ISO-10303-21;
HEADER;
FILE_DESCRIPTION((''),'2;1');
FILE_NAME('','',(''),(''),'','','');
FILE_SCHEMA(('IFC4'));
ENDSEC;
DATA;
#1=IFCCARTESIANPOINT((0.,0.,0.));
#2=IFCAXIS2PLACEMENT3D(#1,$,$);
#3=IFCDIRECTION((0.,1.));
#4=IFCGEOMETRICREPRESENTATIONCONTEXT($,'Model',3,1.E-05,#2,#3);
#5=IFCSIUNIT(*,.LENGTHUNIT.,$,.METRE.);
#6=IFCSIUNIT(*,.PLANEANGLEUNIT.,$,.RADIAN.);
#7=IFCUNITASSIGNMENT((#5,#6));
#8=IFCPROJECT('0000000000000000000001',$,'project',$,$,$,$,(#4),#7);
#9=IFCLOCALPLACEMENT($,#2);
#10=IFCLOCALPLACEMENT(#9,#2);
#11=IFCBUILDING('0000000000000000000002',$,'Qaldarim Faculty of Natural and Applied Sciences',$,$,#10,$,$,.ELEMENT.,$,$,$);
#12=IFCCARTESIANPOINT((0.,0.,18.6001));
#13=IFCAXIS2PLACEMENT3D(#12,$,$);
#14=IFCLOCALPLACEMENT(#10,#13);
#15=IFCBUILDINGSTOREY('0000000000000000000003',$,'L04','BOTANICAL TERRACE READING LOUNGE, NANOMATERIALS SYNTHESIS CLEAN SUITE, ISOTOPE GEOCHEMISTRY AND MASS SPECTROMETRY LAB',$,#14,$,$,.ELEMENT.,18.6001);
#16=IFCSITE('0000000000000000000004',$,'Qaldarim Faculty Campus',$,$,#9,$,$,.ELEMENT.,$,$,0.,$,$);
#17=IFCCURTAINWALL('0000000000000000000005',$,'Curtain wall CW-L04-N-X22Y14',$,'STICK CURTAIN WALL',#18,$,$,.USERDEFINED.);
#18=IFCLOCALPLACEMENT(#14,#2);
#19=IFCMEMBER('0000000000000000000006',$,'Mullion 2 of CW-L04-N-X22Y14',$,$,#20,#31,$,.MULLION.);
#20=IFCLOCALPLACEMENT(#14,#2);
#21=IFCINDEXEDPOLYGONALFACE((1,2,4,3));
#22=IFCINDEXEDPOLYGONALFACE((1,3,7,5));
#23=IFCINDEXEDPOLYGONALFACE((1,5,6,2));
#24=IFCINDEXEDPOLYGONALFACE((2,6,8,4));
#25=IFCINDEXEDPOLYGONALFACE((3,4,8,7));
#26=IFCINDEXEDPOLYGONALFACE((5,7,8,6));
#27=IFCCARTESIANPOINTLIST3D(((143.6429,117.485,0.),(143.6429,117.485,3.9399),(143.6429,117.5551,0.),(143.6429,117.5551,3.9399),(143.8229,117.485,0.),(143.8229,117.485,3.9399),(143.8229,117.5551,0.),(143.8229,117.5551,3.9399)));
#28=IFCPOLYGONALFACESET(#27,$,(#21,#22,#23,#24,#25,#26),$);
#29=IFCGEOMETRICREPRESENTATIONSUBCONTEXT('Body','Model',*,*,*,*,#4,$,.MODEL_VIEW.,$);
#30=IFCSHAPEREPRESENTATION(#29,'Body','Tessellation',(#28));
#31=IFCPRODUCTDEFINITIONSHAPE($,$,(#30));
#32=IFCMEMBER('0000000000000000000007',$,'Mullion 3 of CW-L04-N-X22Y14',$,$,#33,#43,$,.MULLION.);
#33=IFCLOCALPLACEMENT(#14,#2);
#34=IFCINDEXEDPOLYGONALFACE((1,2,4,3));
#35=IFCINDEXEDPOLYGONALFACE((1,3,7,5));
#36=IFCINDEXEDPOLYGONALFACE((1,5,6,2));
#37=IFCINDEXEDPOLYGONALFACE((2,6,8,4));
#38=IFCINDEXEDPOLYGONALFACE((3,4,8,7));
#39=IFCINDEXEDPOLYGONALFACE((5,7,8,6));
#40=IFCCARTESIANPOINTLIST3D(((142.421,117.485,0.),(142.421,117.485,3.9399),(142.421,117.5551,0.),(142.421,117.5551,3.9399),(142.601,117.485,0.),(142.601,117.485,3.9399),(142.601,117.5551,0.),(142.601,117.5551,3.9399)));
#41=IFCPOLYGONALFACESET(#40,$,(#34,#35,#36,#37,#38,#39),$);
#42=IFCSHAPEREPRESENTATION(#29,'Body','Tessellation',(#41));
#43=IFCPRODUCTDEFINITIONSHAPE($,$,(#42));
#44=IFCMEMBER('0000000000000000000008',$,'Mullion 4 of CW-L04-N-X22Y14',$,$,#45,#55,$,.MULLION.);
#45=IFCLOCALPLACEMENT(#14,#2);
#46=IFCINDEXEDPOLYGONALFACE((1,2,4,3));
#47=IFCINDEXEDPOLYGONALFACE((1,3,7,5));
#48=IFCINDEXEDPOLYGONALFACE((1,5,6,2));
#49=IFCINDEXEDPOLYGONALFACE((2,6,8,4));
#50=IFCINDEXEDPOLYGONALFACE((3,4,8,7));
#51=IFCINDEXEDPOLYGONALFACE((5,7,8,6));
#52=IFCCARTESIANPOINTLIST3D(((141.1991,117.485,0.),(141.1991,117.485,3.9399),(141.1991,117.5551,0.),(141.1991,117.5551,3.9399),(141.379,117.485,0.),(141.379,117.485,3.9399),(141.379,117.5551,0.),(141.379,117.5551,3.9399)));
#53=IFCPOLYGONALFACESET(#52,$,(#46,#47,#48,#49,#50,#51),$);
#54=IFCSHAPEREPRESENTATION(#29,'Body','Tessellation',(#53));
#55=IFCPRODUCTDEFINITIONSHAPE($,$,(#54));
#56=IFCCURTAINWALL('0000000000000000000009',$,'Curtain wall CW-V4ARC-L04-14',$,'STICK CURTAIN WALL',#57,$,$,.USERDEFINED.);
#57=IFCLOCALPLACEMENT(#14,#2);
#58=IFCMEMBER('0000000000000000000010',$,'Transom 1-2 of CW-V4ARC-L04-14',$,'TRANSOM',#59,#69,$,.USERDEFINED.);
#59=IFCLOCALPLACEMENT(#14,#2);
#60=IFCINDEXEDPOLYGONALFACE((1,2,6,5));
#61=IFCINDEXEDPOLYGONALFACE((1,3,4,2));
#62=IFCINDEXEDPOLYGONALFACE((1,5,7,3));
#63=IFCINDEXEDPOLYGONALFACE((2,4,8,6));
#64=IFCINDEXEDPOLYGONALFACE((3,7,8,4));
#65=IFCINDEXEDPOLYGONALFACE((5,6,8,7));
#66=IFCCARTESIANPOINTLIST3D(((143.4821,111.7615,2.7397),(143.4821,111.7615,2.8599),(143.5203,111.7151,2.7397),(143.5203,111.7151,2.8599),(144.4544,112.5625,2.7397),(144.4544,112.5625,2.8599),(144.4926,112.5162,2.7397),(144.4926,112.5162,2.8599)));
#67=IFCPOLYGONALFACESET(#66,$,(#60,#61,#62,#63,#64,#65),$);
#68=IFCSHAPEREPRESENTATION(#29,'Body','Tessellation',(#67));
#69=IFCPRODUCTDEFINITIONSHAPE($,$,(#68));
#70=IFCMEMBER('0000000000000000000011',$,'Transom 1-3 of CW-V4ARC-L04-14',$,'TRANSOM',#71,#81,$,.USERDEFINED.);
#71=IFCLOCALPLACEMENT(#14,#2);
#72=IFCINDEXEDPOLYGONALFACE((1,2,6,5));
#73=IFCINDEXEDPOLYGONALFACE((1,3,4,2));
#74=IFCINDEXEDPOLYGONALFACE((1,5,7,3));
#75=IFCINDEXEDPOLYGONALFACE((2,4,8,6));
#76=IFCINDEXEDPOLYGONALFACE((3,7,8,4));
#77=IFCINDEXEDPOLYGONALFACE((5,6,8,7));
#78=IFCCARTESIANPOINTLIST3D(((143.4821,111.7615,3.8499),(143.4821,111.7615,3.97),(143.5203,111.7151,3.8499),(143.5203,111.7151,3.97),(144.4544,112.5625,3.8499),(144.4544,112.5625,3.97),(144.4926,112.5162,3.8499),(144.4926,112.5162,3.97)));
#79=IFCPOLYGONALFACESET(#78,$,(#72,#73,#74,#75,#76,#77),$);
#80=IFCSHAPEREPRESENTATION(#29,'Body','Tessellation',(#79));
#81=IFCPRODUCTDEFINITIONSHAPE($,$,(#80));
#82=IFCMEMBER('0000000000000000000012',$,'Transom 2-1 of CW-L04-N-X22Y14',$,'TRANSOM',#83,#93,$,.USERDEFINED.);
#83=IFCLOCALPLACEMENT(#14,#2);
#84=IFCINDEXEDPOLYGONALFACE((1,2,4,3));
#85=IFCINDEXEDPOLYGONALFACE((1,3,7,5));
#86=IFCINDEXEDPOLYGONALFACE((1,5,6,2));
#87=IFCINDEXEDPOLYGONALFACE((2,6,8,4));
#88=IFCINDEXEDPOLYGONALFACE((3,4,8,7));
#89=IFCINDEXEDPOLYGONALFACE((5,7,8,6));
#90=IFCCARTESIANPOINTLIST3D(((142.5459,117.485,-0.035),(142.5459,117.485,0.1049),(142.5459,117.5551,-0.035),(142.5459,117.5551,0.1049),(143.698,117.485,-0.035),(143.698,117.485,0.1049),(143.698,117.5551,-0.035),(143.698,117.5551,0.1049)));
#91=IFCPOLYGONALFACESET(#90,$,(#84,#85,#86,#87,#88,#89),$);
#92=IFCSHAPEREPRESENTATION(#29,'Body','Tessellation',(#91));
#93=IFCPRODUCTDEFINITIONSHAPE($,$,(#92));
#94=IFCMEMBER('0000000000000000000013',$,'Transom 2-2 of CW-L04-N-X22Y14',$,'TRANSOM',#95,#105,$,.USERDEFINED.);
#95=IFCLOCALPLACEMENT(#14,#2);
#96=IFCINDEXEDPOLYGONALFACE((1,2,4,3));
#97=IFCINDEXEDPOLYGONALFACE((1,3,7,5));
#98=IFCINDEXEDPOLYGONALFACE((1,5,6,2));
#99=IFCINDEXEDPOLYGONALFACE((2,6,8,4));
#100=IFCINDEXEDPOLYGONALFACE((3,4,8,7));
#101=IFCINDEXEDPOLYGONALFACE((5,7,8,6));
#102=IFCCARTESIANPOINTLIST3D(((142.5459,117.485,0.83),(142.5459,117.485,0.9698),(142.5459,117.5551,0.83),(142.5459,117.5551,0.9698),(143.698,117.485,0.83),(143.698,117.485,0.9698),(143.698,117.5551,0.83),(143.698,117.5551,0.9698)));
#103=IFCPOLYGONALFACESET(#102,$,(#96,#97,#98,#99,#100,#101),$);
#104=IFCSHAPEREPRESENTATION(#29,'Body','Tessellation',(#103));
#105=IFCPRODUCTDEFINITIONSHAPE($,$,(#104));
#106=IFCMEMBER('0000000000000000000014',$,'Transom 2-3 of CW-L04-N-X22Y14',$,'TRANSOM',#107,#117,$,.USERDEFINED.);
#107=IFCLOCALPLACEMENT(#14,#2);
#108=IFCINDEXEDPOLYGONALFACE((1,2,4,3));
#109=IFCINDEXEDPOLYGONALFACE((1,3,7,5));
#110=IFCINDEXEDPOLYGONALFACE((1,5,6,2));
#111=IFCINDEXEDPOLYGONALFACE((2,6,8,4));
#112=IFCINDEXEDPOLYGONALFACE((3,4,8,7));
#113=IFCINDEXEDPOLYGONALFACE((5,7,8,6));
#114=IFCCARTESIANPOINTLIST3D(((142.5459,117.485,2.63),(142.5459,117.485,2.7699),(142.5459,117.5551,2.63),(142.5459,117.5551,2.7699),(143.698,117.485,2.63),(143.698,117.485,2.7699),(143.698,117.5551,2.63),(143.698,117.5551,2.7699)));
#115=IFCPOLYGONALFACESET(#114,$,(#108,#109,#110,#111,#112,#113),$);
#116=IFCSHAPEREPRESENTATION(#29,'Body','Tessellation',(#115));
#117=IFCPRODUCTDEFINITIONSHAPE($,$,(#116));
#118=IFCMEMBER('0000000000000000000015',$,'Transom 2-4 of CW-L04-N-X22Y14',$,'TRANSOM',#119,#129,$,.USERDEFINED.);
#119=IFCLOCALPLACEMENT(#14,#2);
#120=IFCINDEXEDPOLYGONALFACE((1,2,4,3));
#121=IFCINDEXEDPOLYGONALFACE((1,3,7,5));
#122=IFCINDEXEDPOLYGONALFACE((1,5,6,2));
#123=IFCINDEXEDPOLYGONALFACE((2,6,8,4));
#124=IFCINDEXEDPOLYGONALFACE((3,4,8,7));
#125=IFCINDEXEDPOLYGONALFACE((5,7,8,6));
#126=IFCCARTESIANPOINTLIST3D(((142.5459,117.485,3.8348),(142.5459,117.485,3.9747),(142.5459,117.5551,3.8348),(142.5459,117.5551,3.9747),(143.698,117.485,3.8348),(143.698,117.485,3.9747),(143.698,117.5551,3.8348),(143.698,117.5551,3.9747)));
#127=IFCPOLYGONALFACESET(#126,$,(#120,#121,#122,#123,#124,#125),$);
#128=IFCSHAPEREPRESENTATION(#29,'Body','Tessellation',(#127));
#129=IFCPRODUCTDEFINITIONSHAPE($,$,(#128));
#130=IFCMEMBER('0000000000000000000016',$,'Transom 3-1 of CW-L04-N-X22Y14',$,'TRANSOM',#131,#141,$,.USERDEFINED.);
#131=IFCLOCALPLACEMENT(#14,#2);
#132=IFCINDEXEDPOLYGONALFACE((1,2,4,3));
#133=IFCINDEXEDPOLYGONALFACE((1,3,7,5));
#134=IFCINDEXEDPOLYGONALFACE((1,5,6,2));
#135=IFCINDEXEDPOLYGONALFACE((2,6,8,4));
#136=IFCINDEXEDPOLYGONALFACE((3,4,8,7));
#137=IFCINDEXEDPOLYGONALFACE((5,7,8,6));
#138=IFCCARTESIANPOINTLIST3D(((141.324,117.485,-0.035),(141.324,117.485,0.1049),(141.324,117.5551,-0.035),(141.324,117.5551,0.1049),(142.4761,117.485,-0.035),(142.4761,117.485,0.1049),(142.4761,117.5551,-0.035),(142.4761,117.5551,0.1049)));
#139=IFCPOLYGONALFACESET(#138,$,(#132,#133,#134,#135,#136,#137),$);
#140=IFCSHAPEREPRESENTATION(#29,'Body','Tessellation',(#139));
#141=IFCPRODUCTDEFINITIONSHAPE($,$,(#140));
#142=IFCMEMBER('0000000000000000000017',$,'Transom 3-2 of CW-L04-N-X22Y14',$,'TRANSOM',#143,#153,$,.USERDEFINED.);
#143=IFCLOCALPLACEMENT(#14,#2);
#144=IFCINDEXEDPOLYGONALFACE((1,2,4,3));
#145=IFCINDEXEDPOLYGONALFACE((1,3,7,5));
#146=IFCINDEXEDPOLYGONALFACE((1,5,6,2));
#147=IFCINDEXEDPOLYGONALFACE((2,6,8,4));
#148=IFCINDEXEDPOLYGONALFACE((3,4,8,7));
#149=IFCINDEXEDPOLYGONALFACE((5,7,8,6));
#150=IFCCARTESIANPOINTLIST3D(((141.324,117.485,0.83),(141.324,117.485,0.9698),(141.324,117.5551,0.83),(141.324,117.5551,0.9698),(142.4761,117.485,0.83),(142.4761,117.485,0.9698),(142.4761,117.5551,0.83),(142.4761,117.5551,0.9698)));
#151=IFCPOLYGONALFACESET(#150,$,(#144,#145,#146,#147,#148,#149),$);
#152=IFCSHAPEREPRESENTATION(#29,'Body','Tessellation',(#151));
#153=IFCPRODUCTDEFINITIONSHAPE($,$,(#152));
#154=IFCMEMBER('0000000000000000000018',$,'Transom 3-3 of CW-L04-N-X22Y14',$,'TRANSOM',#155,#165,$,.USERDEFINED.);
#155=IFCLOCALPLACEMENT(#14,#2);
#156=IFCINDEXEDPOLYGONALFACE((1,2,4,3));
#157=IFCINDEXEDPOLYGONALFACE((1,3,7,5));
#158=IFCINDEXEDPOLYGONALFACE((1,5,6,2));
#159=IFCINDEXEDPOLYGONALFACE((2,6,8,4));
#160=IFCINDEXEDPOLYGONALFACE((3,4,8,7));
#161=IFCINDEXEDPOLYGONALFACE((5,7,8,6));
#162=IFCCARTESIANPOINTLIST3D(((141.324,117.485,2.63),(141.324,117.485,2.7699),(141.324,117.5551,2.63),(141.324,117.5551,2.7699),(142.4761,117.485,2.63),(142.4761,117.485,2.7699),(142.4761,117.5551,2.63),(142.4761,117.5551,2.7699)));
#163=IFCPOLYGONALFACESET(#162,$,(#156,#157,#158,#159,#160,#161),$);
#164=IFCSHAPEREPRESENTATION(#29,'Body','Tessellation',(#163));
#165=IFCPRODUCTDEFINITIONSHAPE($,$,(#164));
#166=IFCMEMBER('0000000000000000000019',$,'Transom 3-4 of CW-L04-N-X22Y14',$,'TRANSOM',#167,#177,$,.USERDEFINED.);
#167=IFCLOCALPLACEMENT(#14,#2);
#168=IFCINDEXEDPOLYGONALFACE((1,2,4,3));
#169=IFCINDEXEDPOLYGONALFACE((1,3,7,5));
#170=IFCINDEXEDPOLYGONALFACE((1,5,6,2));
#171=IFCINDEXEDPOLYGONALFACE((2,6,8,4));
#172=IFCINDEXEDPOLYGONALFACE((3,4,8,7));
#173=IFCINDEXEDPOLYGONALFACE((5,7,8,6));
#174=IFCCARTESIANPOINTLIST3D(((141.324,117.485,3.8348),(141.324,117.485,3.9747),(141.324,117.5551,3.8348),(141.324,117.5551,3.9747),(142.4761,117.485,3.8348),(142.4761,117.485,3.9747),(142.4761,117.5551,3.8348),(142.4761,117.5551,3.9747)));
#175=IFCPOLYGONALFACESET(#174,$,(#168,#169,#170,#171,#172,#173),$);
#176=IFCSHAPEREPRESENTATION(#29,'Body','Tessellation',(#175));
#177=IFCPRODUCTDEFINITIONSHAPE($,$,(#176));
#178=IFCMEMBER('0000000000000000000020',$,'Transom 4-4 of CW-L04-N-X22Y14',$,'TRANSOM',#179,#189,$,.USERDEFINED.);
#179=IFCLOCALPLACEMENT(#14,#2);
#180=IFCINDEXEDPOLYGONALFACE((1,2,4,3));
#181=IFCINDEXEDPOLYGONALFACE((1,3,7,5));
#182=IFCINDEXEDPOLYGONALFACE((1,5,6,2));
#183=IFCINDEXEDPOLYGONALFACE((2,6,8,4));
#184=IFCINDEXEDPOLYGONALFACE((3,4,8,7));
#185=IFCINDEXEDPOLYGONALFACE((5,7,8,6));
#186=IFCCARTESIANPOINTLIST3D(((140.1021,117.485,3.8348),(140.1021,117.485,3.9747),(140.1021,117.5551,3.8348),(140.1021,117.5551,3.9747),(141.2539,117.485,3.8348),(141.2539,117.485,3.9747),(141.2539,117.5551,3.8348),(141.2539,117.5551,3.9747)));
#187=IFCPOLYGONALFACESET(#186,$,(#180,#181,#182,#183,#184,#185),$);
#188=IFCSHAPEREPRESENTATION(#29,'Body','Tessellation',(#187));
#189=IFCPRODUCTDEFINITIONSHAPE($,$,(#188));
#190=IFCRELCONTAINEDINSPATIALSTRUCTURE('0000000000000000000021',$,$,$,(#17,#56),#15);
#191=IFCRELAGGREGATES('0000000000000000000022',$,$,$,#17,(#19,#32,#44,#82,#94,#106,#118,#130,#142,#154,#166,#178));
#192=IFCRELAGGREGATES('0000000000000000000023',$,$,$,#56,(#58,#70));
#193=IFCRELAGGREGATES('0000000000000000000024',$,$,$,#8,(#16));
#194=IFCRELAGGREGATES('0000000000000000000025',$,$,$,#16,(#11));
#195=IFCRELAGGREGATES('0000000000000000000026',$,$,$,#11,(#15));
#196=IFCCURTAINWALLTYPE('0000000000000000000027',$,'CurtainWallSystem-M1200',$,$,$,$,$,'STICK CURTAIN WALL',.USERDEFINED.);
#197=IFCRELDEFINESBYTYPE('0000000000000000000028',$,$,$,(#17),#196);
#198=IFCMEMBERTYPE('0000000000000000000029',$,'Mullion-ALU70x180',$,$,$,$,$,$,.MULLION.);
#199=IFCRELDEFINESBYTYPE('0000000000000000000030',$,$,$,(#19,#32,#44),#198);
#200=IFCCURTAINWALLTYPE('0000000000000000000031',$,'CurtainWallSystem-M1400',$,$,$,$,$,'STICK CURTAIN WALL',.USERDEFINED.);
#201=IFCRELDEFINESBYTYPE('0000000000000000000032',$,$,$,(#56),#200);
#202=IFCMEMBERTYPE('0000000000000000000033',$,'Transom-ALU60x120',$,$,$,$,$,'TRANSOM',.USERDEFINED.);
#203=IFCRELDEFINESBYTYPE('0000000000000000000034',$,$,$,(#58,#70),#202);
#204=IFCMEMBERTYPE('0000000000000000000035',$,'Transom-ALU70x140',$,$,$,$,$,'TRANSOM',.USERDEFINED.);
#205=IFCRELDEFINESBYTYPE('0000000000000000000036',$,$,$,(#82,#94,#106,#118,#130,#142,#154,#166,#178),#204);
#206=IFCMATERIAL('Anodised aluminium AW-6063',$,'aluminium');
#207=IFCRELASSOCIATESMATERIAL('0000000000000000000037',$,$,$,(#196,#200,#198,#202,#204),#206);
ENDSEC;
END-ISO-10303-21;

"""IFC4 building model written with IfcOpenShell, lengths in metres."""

from ifc_helpers import new_model, si_unit, direction, frame, origin, origin_2d, place, context, subcontext, project, spatial, rectangle, extrude, material, material_profile, profile_set, type_object, element, aggregate, save


model = new_model("IFC4")

# Units and contexts
model_context = context("Model", 3, precision=1e-05, world=origin(), true_north=direction((0.0, 1.0)))
body_context = subcontext(model_context, "Body", "Model", "MODEL_VIEW")
ifc_project = project(units=[si_unit("LENGTHUNIT", "METRE"), si_unit("PLANEANGLEUNIT", "RADIAN")], contexts=[model_context])

# Site, building, storey
site_placement = place(None, origin())
site = spatial("IfcSite", under=ifc_project, at=site_placement, Name="Qaldarim Faculty Campus", CompositionType="ELEMENT", RefElevation=0.0)
building_placement = place(site_placement, origin())
building = spatial("IfcBuilding", under=site, at=building_placement, Name="Qaldarim Faculty of Natural and Applied Sciences", CompositionType="ELEMENT")
storey_placement = place(building_placement, frame((0.0, 0.0, 18.6001)))
storey = spatial("IfcBuildingStorey", under=building, at=storey_placement, Name="L04", Description="BOTANICAL TERRACE READING LOUNGE, NANOMATERIALS SYNTHESIS CLEAN SUITE, ISOTOPE GEOCHEMISTRY AND MASS SPECTROMETRY LAB", CompositionType="ELEMENT", Elevation=18.6001)

# Curtain walls, members
ifc_material_1 = material(Name="Anodised aluminium AW-6063", Category="aluminium")
curtain_wall_type_1 = type_object("IfcCurtainWallType", Name="CurtainWallSystem-M1200", ElementType="STICK CURTAIN WALL", PredefinedType="USERDEFINED", material=ifc_material_1)
curtain_wall_1_placement = place(storey_placement, origin())
curtain_wall_1 = element("IfcCurtainWall", 1, at=curtain_wall_1_placement, inside=storey, type_object=curtain_wall_type_1, Name="Curtain wall CW-L04-N-X22Y14", ObjectType="STICK CURTAIN WALL", PredefinedType="USERDEFINED")
ifc_material_profile_1 = material_profile(ifc_material_1, rectangle(XDim=0.0701, YDim=0.1799, at=origin_2d()), Name="ALU-M70x180")
ifc_profile_set_1 = profile_set([ifc_material_profile_1], Name="Anodised aluminium AW-6063")
member_type_1 = type_object("IfcMemberType", Name="Mullion-ALU70x180", PredefinedType="MULLION", material=ifc_profile_set_1)
member_1_placement = place(storey_placement, frame((143.7329, 117.52, 0.0), z_axis=(0.0, 0.0, 1.0), x_axis=(0.0, -1.0, 0.0)))
member_1 = element("IfcMember", 2, at=member_1_placement, type_object=member_type_1, Name="Mullion 2 of CW-L04-N-X22Y14", PredefinedType="MULLION", context=body_context, shape_type="SweptSolid", body=[
    extrude(rectangle(XDim=0.0701, YDim=0.1799, at=origin_2d()), origin(), (0.0, 0.0, 1.0), 3.9399),
])
member_2_placement = place(storey_placement, frame((142.511, 117.52, 0.0), z_axis=(0.0, 0.0, 1.0), x_axis=(0.0, -1.0, 0.0)))
member_2 = element("IfcMember", 3, at=member_2_placement, type_object=member_type_1, Name="Mullion 3 of CW-L04-N-X22Y14", PredefinedType="MULLION", context=body_context, shape_type="SweptSolid", body=[
    extrude(rectangle(XDim=0.0701, YDim=0.1799, at=origin_2d()), origin(), (0.0, 0.0, 1.0), 3.9399),
])
member_3_placement = place(storey_placement, frame((141.2891, 117.52, 0.0), z_axis=(0.0, 0.0, 1.0), x_axis=(0.0, -1.0, 0.0)))
member_3 = element("IfcMember", 4, at=member_3_placement, type_object=member_type_1, Name="Mullion 4 of CW-L04-N-X22Y14", PredefinedType="MULLION", context=body_context, shape_type="SweptSolid", body=[
    extrude(rectangle(XDim=0.0701, YDim=0.1799, at=origin_2d()), origin(), (0.0, 0.0, 1.0), 3.9399),
])
curtain_wall_type_2 = type_object("IfcCurtainWallType", Name="CurtainWallSystem-M1400", ElementType="STICK CURTAIN WALL", PredefinedType="USERDEFINED", material=ifc_material_1)
curtain_wall_2_placement = place(storey_placement, origin())
curtain_wall_2 = element("IfcCurtainWall", 5, at=curtain_wall_2_placement, inside=storey, type_object=curtain_wall_type_2, Name="Curtain wall CW-V4ARC-L04-14", ObjectType="STICK CURTAIN WALL", PredefinedType="USERDEFINED")
ifc_material_profile_2 = material_profile(ifc_material_1, rectangle(XDim=0.0601, YDim=0.1201, at=origin_2d()), Name="ALU-T60x120")
ifc_profile_set_2 = profile_set([ifc_material_profile_2], Name="Anodised aluminium AW-6063")
member_type_2 = type_object("IfcMemberType", Name="Transom-ALU60x120", ElementType="TRANSOM", PredefinedType="USERDEFINED", material=ifc_profile_set_2)
member_4_placement = place(storey_placement, frame((143.5012, 111.7383, 2.7998), z_axis=(0.771768, 0.635904, 0.0), x_axis=(-0.635904, 0.771768, 0.0)))
member_4 = element("IfcMember", 6, at=member_4_placement, type_object=member_type_2, Name="Transom 1-2 of CW-V4ARC-L04-14", ObjectType="TRANSOM", PredefinedType="USERDEFINED", context=body_context, shape_type="SweptSolid", body=[
    extrude(rectangle(XDim=0.0601, YDim=0.1201, at=origin_2d()), origin(), (0.0, 0.0, 1.0), 1.2598),
])
member_5_placement = place(storey_placement, frame((143.5012, 111.7383, 3.9099), z_axis=(0.771768, 0.635904, 0.0), x_axis=(-0.635904, 0.771768, 0.0)))
member_5 = element("IfcMember", 7, at=member_5_placement, type_object=member_type_2, Name="Transom 1-3 of CW-V4ARC-L04-14", ObjectType="TRANSOM", PredefinedType="USERDEFINED", context=body_context, shape_type="SweptSolid", body=[
    extrude(rectangle(XDim=0.0601, YDim=0.1201, at=origin_2d()), origin(), (0.0, 0.0, 1.0), 1.2598),
])

# Members
ifc_material_profile_3 = material_profile(ifc_material_1, rectangle(XDim=0.0701, YDim=0.1399, at=origin_2d()), Name="ALU-T70x140")
ifc_profile_set_3 = profile_set([ifc_material_profile_3], Name="Anodised aluminium AW-6063")
member_type_3 = type_object("IfcMemberType", Name="Transom-ALU70x140", ElementType="TRANSOM", PredefinedType="USERDEFINED", material=ifc_profile_set_3)
member_6_placement = place(storey_placement, frame((143.698, 117.52, 0.0349), z_axis=(-1.0, 0.0, 0.0), x_axis=(0.0, -1.0, 0.0)))
member_6 = element("IfcMember", 8, at=member_6_placement, type_object=member_type_3, Name="Transom 2-1 of CW-L04-N-X22Y14", ObjectType="TRANSOM", PredefinedType="USERDEFINED", context=body_context, shape_type="SweptSolid", body=[
    extrude(rectangle(XDim=0.0701, YDim=0.1399, at=origin_2d()), origin(), (0.0, 0.0, 1.0), 1.1521),
])
member_7_placement = place(storey_placement, frame((143.698, 117.52, 0.8999), z_axis=(-1.0, 0.0, 0.0), x_axis=(0.0, -1.0, 0.0)))
member_7 = element("IfcMember", 9, at=member_7_placement, type_object=member_type_3, Name="Transom 2-2 of CW-L04-N-X22Y14", ObjectType="TRANSOM", PredefinedType="USERDEFINED", context=body_context, shape_type="SweptSolid", body=[
    extrude(rectangle(XDim=0.0701, YDim=0.1399, at=origin_2d()), origin(), (0.0, 0.0, 1.0), 1.1521),
])
member_8_placement = place(storey_placement, frame((143.698, 117.52, 2.7), z_axis=(-1.0, 0.0, 0.0), x_axis=(0.0, -1.0, 0.0)))
member_8 = element("IfcMember", 10, at=member_8_placement, type_object=member_type_3, Name="Transom 2-3 of CW-L04-N-X22Y14", ObjectType="TRANSOM", PredefinedType="USERDEFINED", context=body_context, shape_type="SweptSolid", body=[
    extrude(rectangle(XDim=0.0701, YDim=0.1399, at=origin_2d()), origin(), (0.0, 0.0, 1.0), 1.1521),
])
member_9_placement = place(storey_placement, frame((143.698, 117.52, 3.9048), z_axis=(-1.0, 0.0, 0.0), x_axis=(0.0, -1.0, 0.0)))
member_9 = element("IfcMember", 11, at=member_9_placement, type_object=member_type_3, Name="Transom 2-4 of CW-L04-N-X22Y14", ObjectType="TRANSOM", PredefinedType="USERDEFINED", context=body_context, shape_type="SweptSolid", body=[
    extrude(rectangle(XDim=0.0701, YDim=0.1399, at=origin_2d()), origin(), (0.0, 0.0, 1.0), 1.1521),
])
member_10_placement = place(storey_placement, frame((142.4761, 117.52, 0.0349), z_axis=(-1.0, 0.0, 0.0), x_axis=(0.0, -1.0, 0.0)))
member_10 = element("IfcMember", 12, at=member_10_placement, type_object=member_type_3, Name="Transom 3-1 of CW-L04-N-X22Y14", ObjectType="TRANSOM", PredefinedType="USERDEFINED", context=body_context, shape_type="SweptSolid", body=[
    extrude(rectangle(XDim=0.0701, YDim=0.1399, at=origin_2d()), origin(), (0.0, 0.0, 1.0), 1.1521),
])
member_11_placement = place(storey_placement, frame((142.4761, 117.52, 0.8999), z_axis=(-1.0, 0.0, 0.0), x_axis=(0.0, -1.0, 0.0)))
member_11 = element("IfcMember", 13, at=member_11_placement, type_object=member_type_3, Name="Transom 3-2 of CW-L04-N-X22Y14", ObjectType="TRANSOM", PredefinedType="USERDEFINED", context=body_context, shape_type="SweptSolid", body=[
    extrude(rectangle(XDim=0.0701, YDim=0.1399, at=origin_2d()), origin(), (0.0, 0.0, 1.0), 1.1521),
])
member_12_placement = place(storey_placement, frame((142.4761, 117.52, 2.7), z_axis=(-1.0, 0.0, 0.0), x_axis=(0.0, -1.0, 0.0)))
member_12 = element("IfcMember", 14, at=member_12_placement, type_object=member_type_3, Name="Transom 3-3 of CW-L04-N-X22Y14", ObjectType="TRANSOM", PredefinedType="USERDEFINED", context=body_context, shape_type="SweptSolid", body=[
    extrude(rectangle(XDim=0.0701, YDim=0.1399, at=origin_2d()), origin(), (0.0, 0.0, 1.0), 1.1521),
])
member_13_placement = place(storey_placement, frame((142.4761, 117.52, 3.9048), z_axis=(-1.0, 0.0, 0.0), x_axis=(0.0, -1.0, 0.0)))
member_13 = element("IfcMember", 15, at=member_13_placement, type_object=member_type_3, Name="Transom 3-4 of CW-L04-N-X22Y14", ObjectType="TRANSOM", PredefinedType="USERDEFINED", context=body_context, shape_type="SweptSolid", body=[
    extrude(rectangle(XDim=0.0701, YDim=0.1399, at=origin_2d()), origin(), (0.0, 0.0, 1.0), 1.1521),
])
member_14_placement = place(storey_placement, frame((141.2539, 117.52, 3.9048), z_axis=(-1.0, 0.0, 0.0), x_axis=(0.0, -1.0, 0.0)))
member_14 = element("IfcMember", 16, at=member_14_placement, type_object=member_type_3, Name="Transom 4-4 of CW-L04-N-X22Y14", ObjectType="TRANSOM", PredefinedType="USERDEFINED", context=body_context, shape_type="SweptSolid", body=[
    extrude(rectangle(XDim=0.0701, YDim=0.1399, at=origin_2d()), origin(), (0.0, 0.0, 1.0), 1.1519),
])

aggregate(curtain_wall_1, [member_1, member_2, member_3, member_6, member_7, member_8, member_9, member_10, member_11, member_12, member_13, member_14])
aggregate(curtain_wall_2, [member_4, member_5])

save(model, "model.ifc")
